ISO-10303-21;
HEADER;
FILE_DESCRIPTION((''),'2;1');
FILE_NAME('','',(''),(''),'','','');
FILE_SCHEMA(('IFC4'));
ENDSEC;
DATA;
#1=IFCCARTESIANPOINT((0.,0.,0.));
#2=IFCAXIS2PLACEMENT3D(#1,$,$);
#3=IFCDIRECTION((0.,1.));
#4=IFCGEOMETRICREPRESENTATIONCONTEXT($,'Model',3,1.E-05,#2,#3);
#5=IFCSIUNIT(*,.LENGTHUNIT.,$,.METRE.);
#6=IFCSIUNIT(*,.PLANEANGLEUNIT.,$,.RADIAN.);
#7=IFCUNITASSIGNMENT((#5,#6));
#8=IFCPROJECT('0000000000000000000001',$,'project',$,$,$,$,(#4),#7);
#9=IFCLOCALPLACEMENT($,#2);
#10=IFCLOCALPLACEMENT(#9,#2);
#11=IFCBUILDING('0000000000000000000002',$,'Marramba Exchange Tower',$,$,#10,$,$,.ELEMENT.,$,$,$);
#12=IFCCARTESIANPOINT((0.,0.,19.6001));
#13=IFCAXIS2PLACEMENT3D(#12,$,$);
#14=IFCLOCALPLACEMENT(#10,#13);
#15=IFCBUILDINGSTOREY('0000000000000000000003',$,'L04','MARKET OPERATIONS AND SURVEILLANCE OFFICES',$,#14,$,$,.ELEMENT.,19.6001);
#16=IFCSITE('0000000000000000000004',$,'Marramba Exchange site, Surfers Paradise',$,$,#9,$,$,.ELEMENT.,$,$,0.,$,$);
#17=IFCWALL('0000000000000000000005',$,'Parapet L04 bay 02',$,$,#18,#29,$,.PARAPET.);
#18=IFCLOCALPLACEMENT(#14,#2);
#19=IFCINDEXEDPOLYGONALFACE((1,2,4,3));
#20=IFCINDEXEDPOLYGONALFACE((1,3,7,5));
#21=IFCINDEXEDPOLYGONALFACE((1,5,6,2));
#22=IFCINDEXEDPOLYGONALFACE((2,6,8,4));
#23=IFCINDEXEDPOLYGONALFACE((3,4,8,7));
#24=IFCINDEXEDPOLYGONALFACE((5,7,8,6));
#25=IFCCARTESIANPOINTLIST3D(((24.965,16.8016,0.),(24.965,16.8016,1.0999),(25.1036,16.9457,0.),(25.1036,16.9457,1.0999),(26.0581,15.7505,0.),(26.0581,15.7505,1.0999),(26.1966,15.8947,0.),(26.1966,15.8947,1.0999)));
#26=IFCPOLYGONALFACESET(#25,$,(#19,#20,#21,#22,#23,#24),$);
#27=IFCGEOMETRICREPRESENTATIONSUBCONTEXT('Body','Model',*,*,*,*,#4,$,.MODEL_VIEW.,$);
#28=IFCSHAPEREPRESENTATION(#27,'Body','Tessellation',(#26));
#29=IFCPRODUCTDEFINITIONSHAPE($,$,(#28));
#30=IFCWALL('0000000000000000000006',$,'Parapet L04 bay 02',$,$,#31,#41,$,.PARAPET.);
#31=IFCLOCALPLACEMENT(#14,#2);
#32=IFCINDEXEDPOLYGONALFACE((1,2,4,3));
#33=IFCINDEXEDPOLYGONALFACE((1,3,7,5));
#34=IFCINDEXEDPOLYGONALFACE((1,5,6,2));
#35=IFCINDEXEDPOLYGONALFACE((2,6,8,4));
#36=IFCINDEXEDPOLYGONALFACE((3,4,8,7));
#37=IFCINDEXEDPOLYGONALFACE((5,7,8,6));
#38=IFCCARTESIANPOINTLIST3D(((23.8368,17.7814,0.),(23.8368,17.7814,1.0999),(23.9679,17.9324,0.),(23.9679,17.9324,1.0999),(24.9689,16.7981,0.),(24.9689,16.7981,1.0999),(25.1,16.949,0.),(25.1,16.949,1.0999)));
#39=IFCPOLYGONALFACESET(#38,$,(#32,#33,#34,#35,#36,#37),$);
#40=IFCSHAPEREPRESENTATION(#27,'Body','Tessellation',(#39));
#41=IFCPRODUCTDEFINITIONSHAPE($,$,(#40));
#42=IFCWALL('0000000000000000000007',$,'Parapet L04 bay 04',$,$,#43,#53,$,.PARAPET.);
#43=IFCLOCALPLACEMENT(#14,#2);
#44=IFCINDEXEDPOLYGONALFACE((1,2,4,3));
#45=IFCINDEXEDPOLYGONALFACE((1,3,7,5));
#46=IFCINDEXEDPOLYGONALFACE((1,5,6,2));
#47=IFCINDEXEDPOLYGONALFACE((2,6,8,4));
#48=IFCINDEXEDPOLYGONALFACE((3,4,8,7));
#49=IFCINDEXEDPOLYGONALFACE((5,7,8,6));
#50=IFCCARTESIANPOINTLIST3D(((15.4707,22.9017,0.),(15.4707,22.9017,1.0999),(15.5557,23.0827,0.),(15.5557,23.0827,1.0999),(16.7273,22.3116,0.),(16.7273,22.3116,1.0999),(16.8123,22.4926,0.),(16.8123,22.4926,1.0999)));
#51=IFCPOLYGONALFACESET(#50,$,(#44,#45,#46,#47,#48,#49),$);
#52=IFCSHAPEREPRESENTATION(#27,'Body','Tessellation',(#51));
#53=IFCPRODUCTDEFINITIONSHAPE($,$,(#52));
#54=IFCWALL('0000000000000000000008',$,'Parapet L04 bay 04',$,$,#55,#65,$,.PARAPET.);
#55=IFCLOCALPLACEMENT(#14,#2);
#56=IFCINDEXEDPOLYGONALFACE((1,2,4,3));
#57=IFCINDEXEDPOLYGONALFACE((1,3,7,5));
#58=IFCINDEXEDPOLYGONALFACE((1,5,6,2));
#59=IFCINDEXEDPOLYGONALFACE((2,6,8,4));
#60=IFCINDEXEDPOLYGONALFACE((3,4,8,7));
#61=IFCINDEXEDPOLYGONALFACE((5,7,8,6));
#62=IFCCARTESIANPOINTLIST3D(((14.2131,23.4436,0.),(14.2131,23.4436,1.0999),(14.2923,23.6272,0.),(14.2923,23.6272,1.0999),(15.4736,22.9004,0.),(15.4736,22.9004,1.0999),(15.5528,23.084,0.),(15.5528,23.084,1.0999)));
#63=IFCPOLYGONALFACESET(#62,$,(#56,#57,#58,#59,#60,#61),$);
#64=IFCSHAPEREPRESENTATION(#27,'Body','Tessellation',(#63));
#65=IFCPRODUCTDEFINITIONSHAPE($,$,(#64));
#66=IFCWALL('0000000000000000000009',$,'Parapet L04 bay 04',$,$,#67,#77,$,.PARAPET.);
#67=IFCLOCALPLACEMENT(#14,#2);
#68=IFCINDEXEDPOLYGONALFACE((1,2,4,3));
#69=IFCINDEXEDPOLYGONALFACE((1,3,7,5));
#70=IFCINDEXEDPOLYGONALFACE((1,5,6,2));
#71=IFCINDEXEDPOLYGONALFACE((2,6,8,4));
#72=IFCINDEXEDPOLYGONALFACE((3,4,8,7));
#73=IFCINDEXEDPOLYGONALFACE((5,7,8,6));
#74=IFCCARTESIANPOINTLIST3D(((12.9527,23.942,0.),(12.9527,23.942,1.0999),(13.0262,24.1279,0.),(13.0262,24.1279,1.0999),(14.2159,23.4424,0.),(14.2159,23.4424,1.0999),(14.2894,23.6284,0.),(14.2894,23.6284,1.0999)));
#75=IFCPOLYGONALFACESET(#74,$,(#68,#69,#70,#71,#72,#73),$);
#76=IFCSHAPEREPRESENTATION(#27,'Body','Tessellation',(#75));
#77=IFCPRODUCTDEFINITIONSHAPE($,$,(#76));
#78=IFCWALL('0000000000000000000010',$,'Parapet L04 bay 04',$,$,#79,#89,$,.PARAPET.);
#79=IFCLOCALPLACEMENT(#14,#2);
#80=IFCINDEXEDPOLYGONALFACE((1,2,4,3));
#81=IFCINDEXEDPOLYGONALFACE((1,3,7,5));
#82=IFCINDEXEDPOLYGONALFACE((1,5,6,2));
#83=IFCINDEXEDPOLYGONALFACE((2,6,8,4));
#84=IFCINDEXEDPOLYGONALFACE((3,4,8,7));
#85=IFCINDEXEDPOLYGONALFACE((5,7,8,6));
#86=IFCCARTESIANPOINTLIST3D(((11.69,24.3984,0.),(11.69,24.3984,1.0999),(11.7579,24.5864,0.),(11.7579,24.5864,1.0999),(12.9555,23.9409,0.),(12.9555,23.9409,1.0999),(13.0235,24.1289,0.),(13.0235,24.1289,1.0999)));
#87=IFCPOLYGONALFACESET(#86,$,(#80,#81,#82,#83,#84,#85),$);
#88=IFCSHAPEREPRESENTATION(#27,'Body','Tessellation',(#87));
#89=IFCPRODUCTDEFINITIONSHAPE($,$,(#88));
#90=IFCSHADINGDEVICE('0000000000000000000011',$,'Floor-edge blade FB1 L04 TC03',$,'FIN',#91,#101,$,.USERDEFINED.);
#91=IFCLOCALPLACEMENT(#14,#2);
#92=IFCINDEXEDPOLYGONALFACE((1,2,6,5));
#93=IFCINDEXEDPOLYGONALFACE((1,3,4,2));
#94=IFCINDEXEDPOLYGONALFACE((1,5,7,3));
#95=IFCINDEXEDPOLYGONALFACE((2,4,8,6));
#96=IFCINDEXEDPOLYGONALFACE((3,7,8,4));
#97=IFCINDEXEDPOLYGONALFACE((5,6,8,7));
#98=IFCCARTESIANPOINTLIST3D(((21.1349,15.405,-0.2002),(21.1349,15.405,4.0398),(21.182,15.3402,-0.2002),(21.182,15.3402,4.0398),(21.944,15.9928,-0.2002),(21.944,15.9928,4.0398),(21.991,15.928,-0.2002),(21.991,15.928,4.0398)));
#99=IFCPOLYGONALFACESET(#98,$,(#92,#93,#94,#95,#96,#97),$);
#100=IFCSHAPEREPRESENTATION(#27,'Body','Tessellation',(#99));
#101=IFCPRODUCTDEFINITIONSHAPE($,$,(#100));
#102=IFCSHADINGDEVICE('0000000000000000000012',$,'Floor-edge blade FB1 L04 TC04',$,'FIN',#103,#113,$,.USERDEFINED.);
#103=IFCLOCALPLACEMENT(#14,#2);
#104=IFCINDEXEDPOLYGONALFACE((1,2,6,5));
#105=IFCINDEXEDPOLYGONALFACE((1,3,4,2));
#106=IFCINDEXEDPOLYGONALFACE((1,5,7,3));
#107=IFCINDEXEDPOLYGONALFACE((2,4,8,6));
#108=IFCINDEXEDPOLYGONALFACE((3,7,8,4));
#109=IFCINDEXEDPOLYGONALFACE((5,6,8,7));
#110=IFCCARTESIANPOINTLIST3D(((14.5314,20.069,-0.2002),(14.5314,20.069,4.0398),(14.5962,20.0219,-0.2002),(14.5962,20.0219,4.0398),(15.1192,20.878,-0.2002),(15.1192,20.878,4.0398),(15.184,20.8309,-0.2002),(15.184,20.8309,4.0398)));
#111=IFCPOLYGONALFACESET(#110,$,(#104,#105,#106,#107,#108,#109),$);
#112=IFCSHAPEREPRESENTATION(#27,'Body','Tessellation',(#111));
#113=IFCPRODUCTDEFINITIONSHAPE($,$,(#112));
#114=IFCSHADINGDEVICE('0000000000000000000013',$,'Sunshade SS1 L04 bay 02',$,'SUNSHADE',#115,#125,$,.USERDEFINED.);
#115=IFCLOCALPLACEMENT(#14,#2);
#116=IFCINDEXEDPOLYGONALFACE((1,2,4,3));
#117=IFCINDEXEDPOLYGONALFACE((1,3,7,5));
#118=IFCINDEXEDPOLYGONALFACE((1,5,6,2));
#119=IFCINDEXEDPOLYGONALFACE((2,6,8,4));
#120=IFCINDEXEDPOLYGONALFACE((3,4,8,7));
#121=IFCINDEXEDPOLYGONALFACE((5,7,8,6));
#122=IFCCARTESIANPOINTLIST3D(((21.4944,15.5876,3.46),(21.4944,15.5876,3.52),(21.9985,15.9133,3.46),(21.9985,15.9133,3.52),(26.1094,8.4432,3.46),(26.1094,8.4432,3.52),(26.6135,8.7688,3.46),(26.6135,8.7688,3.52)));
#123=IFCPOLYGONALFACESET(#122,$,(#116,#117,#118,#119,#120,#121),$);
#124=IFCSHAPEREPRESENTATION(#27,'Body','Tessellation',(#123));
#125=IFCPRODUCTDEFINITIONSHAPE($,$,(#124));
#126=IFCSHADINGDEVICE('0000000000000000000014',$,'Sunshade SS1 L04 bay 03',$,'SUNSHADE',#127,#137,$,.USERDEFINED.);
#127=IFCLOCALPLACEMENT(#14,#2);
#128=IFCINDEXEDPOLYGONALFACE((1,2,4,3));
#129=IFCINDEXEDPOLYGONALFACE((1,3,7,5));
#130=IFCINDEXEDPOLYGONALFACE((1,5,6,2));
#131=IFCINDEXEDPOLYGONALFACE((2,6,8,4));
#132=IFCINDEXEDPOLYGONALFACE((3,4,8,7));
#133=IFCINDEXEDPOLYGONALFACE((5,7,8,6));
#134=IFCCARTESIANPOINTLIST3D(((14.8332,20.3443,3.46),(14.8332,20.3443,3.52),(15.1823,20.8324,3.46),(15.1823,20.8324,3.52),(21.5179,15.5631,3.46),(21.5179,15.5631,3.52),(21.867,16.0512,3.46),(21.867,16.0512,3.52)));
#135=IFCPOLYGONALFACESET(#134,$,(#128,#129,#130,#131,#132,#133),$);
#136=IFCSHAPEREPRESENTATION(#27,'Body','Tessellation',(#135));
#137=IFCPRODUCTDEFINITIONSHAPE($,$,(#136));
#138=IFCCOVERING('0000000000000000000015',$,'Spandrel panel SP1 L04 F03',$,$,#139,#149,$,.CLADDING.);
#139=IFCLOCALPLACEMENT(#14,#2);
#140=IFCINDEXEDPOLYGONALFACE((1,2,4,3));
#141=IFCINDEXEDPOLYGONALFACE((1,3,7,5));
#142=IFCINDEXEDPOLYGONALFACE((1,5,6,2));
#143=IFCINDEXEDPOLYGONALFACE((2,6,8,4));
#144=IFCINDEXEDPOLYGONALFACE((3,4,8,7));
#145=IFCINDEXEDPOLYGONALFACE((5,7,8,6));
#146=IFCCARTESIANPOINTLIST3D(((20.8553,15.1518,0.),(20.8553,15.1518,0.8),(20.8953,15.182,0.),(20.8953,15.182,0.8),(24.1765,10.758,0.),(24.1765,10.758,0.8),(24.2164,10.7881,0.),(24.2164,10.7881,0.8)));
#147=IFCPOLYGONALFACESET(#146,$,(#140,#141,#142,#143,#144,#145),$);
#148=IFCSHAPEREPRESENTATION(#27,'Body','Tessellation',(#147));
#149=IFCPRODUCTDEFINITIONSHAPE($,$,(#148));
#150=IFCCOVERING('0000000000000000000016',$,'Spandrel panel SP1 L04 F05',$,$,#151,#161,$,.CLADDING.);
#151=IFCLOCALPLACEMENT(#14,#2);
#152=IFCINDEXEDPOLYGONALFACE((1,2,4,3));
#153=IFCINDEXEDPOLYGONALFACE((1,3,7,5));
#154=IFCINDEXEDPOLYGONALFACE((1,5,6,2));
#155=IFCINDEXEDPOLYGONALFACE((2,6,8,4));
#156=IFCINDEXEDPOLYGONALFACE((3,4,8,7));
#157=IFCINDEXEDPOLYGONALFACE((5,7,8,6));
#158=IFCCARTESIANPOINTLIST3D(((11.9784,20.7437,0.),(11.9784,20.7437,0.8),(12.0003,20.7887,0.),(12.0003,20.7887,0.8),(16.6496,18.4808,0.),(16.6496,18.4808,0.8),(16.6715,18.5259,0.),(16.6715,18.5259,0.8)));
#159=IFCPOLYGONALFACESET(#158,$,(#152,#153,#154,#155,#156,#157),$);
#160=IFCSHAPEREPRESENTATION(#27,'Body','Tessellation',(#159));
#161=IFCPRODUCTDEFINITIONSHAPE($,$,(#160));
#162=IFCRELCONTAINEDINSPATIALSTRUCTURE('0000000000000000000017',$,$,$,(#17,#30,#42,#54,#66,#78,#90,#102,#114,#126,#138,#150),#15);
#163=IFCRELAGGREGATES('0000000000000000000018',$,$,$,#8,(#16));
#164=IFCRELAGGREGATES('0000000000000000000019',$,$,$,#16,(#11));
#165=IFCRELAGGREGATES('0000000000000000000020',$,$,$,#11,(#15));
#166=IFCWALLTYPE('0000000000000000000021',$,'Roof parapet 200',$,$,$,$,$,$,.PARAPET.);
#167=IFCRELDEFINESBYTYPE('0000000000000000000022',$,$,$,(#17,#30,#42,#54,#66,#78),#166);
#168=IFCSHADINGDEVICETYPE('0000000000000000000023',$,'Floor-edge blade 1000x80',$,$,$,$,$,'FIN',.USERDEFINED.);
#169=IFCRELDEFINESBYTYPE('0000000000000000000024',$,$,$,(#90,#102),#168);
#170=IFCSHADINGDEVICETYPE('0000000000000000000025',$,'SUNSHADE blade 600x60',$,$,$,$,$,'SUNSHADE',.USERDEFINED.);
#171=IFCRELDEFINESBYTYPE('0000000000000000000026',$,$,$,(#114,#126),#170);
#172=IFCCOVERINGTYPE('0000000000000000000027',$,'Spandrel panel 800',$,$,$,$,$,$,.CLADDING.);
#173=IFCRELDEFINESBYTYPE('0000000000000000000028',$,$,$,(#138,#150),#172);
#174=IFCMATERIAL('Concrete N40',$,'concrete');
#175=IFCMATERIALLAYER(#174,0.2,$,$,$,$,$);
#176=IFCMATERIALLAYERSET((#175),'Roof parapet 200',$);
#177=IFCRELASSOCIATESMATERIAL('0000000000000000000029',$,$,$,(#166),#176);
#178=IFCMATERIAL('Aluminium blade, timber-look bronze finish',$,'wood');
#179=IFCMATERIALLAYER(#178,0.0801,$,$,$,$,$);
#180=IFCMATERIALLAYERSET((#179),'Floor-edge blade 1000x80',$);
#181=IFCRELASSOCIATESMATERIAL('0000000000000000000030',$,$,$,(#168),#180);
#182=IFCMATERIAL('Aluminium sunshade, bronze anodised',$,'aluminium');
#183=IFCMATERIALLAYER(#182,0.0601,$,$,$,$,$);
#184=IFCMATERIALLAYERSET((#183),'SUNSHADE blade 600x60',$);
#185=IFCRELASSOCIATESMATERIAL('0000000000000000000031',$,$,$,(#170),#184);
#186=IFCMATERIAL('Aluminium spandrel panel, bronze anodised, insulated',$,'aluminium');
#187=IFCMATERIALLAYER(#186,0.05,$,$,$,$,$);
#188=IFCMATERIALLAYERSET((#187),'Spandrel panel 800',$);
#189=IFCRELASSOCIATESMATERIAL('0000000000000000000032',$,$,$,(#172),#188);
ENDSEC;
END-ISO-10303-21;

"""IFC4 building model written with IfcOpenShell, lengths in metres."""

from ifc_helpers import new_model, si_unit, direction, frame, frame_2d, origin, origin_2d, place, context, subcontext, project, spatial, rectangle, extrude, material, layer, layer_set, type_object, element, save


model = new_model("IFC4")

# Units and contexts
model_context = context("Model", 3, precision=1e-05, world=origin(), true_north=direction((0.0, 1.0)))
body_context = subcontext(model_context, "Body", "Model", "MODEL_VIEW")
ifc_project = project(units=[si_unit("LENGTHUNIT", "METRE"), si_unit("PLANEANGLEUNIT", "RADIAN")], contexts=[model_context])

# Site, building, storey
site_placement = place(None, origin())
site = spatial("IfcSite", under=ifc_project, at=site_placement, Name="Marramba Exchange site, Surfers Paradise", CompositionType="ELEMENT", RefElevation=0.0)
building_placement = place(site_placement, origin())
building = spatial("IfcBuilding", under=site, at=building_placement, Name="Marramba Exchange Tower", CompositionType="ELEMENT")
storey_placement = place(building_placement, frame((0.0, 0.0, 19.6001)))
storey = spatial("IfcBuildingStorey", under=building, at=storey_placement, Name="L04", Description="MARKET OPERATIONS AND SURVEILLANCE OFFICES", CompositionType="ELEMENT", Elevation=19.6001)

# Walls
ifc_material_1 = material(Name="Concrete N40", Category="concrete")
ifc_layer_1 = layer(ifc_material_1, 0.2)
ifc_layer_set_1 = layer_set([ifc_layer_1], Name="Roof parapet 200")
wall_type_1 = type_object("IfcWallType", Name="Roof parapet 200", PredefinedType="PARAPET", material=ifc_layer_set_1)
wall_1_placement = place(storey_placement, frame((26.1274, 15.8225, 0.0), z_axis=(0.0, 0.0, 1.0), x_axis=(-0.720818, 0.693125, 0.0)))
element("IfcWall", 1, at=wall_1_placement, inside=storey, type_object=wall_type_1, Name="Parapet L04 bay 02", PredefinedType="PARAPET", context=body_context, shape_type="SweptSolid", body=[
    extrude(rectangle(XDim=1.5164, YDim=0.2, at=frame_2d((0.7583, 0.0))), origin(), (0.0, 0.0, 1.0), 1.0999),
])
wall_2_placement = place(storey_placement, frame((25.0344, 16.8735, 0.0), z_axis=(0.0, 0.0, 1.0), x_axis=(-0.754942, 0.655792, 0.0)))
element("IfcWall", 2, at=wall_2_placement, inside=storey, type_object=wall_type_1, Name="Parapet L04 bay 02", PredefinedType="PARAPET", context=body_context, shape_type="SweptSolid", body=[
    extrude(rectangle(XDim=1.4995, YDim=0.2, at=frame_2d((0.7498, 0.0))), origin(), (0.0, 0.0, 1.0), 1.0999),
])
wall_3_placement = place(storey_placement, frame((16.7698, 22.4021, 0.0), z_axis=(0.0, 0.0, 1.0), x_axis=(-0.905165, 0.42506, 0.0)))
element("IfcWall", 3, at=wall_3_placement, inside=storey, type_object=wall_type_1, Name="Parapet L04 bay 04", PredefinedType="PARAPET", context=body_context, shape_type="SweptSolid", body=[
    extrude(rectangle(XDim=1.3882, YDim=0.2, at=frame_2d((0.6941, 0.0))), origin(), (0.0, 0.0, 1.0), 1.0999),
])
wall_4_placement = place(storey_placement, frame((15.5132, 22.9922, 0.0), z_axis=(0.0, 0.0, 1.0), x_axis=(-0.918352, 0.395765, 0.0)))
element("IfcWall", 4, at=wall_4_placement, inside=storey, type_object=wall_type_1, Name="Parapet L04 bay 04", PredefinedType="PARAPET", context=body_context, shape_type="SweptSolid", body=[
    extrude(rectangle(XDim=1.3726, YDim=0.2, at=frame_2d((0.6863, 0.0))), origin(), (0.0, 0.0, 1.0), 1.0999),
])
wall_5_placement = place(storey_placement, frame((14.2527, 23.5354, 0.0), z_axis=(0.0, 0.0, 1.0), x_axis=(-0.929932, 0.367731, 0.0)))
element("IfcWall", 5, at=wall_5_placement, inside=storey, type_object=wall_type_1, Name="Parapet L04 bay 04", PredefinedType="PARAPET", context=body_context, shape_type="SweptSolid", body=[
    extrude(rectangle(XDim=1.3584, YDim=0.2, at=frame_2d((0.6792, 0.0))), origin(), (0.0, 0.0, 1.0), 1.0999),
])
wall_6_placement = place(storey_placement, frame((12.9895, 24.0349, 0.0), z_axis=(0.0, 0.0, 1.0), x_axis=(-0.940438, 0.339965, 0.0)))
element("IfcWall", 6, at=wall_6_placement, inside=storey, type_object=wall_type_1, Name="Parapet L04 bay 04", PredefinedType="PARAPET", context=body_context, shape_type="SweptSolid", body=[
    extrude(rectangle(XDim=1.3457, YDim=0.2, at=frame_2d((0.6729, 0.0))), origin(), (0.0, 0.0, 1.0), 1.0999),
])

# Shading devices
ifc_material_2 = material(Name="Aluminium blade, timber-look bronze finish", Category="wood")
ifc_layer_2 = layer(ifc_material_2, 0.0801)
ifc_layer_set_2 = layer_set([ifc_layer_2], Name="Floor-edge blade 1000x80")
shading_device_type_1 = type_object("IfcShadingDeviceType", Name="Floor-edge blade 1000x80", ElementType="FIN", PredefinedType="USERDEFINED", material=ifc_layer_set_2)
for number, where, z_axis, x_axis, name in (
    (7, (21.563, 15.6665, -0.2002), (0.0, 0.0, 1.0), (0.809017, 0.587785, 0.0), "Floor-edge blade FB1 L04 TC03"),
    (8, (14.8577, 20.45, -0.2002), (0.0, 0.0, 1.0), (0.587785, 0.809017, 0.0), "Floor-edge blade FB1 L04 TC04"),
):
    element("IfcShadingDevice", number, at=place(storey_placement, frame(where, z_axis=z_axis, x_axis=x_axis)), inside=storey, type_object=shading_device_type_1, Name=name, ObjectType="FIN", PredefinedType="USERDEFINED", context=body_context, shape_type="SweptSolid", body=[
        extrude(rectangle(XDim=1.0, YDim=0.0801, at=origin_2d()), origin(), (0.0, 0.0, 1.0), 4.24),
    ])
ifc_material_3 = material(Name="Aluminium sunshade, bronze anodised", Category="aluminium")
ifc_layer_3 = layer(ifc_material_3, 0.0601)
ifc_layer_set_3 = layer_set([ifc_layer_3], Name="SUNSHADE blade 600x60")
shading_device_type_2 = type_object("IfcShadingDeviceType", Name="SUNSHADE blade 600x60", ElementType="SUNSHADE", PredefinedType="USERDEFINED", material=ifc_layer_set_3)
shading_device_1_placement = place(storey_placement, frame((24.054, 12.1782, 3.46), z_axis=(0.0, 0.0, 1.0), x_axis=(-0.542597, 0.839993, 0.0)))
element("IfcShadingDevice", 9, at=shading_device_1_placement, inside=storey, type_object=shading_device_type_2, Name="Sunshade SS1 L04 bay 02", ObjectType="SUNSHADE", PredefinedType="USERDEFINED", context=body_context, shape_type="SweptSolid", body=[
    extrude(rectangle(XDim=8.5054, YDim=0.6001, at=origin_2d()), origin(), (0.0, 0.0, 1.0), 0.0601),
])
shading_device_2_placement = place(storey_placement, frame((18.3501, 18.1978, 3.46), z_axis=(0.0, 0.0, 1.0), x_axis=(-0.813363, 0.581757, 0.0)))
element("IfcShadingDevice", 10, at=shading_device_2_placement, inside=storey, type_object=shading_device_type_2, Name="Sunshade SS1 L04 bay 03", ObjectType="SUNSHADE", PredefinedType="USERDEFINED", context=body_context, shape_type="SweptSolid", body=[
    extrude(rectangle(XDim=8.2185, YDim=0.6001, at=origin_2d()), origin(), (0.0, 0.0, 1.0), 0.0601),
])

# Coverings
ifc_material_4 = material(Name="Aluminium spandrel panel, bronze anodised, insulated", Category="aluminium")
ifc_layer_4 = layer(ifc_material_4, 0.05)
ifc_layer_set_4 = layer_set([ifc_layer_4], Name="Spandrel panel 800")
covering_type = type_object("IfcCoveringType", Name="Spandrel panel 800", PredefinedType="CLADDING", material=ifc_layer_set_4)
covering_1_placement = place(storey_placement, frame((22.5359, 12.97, 0.0), z_axis=(0.0, 0.0, 1.0), x_axis=(-0.60299, 0.797749, 0.0)))
element("IfcCovering", 11, at=covering_1_placement, inside=storey, type_object=covering_type, Name="Spandrel panel SP1 L04 F03", PredefinedType="CLADDING", context=body_context, shape_type="SweptSolid", body=[
    extrude(rectangle(XDim=5.5078, YDim=0.05, at=origin_2d()), origin(), (0.0, 0.0, 1.0), 0.8),
])
covering_2_placement = place(storey_placement, frame((14.325, 19.6348, 0.0), z_axis=(0.0, 0.0, 1.0), x_axis=(-0.899963, 0.435965, 0.0)))
element("IfcCovering", 12, at=covering_2_placement, inside=storey, type_object=covering_type, Name="Spandrel panel SP1 L04 F05", PredefinedType="CLADDING", context=body_context, shape_type="SweptSolid", body=[
    extrude(rectangle(XDim=5.1904, YDim=0.05, at=origin_2d()), origin(), (0.0, 0.0, 1.0), 0.8),
])

save(model, "model.ifc")
